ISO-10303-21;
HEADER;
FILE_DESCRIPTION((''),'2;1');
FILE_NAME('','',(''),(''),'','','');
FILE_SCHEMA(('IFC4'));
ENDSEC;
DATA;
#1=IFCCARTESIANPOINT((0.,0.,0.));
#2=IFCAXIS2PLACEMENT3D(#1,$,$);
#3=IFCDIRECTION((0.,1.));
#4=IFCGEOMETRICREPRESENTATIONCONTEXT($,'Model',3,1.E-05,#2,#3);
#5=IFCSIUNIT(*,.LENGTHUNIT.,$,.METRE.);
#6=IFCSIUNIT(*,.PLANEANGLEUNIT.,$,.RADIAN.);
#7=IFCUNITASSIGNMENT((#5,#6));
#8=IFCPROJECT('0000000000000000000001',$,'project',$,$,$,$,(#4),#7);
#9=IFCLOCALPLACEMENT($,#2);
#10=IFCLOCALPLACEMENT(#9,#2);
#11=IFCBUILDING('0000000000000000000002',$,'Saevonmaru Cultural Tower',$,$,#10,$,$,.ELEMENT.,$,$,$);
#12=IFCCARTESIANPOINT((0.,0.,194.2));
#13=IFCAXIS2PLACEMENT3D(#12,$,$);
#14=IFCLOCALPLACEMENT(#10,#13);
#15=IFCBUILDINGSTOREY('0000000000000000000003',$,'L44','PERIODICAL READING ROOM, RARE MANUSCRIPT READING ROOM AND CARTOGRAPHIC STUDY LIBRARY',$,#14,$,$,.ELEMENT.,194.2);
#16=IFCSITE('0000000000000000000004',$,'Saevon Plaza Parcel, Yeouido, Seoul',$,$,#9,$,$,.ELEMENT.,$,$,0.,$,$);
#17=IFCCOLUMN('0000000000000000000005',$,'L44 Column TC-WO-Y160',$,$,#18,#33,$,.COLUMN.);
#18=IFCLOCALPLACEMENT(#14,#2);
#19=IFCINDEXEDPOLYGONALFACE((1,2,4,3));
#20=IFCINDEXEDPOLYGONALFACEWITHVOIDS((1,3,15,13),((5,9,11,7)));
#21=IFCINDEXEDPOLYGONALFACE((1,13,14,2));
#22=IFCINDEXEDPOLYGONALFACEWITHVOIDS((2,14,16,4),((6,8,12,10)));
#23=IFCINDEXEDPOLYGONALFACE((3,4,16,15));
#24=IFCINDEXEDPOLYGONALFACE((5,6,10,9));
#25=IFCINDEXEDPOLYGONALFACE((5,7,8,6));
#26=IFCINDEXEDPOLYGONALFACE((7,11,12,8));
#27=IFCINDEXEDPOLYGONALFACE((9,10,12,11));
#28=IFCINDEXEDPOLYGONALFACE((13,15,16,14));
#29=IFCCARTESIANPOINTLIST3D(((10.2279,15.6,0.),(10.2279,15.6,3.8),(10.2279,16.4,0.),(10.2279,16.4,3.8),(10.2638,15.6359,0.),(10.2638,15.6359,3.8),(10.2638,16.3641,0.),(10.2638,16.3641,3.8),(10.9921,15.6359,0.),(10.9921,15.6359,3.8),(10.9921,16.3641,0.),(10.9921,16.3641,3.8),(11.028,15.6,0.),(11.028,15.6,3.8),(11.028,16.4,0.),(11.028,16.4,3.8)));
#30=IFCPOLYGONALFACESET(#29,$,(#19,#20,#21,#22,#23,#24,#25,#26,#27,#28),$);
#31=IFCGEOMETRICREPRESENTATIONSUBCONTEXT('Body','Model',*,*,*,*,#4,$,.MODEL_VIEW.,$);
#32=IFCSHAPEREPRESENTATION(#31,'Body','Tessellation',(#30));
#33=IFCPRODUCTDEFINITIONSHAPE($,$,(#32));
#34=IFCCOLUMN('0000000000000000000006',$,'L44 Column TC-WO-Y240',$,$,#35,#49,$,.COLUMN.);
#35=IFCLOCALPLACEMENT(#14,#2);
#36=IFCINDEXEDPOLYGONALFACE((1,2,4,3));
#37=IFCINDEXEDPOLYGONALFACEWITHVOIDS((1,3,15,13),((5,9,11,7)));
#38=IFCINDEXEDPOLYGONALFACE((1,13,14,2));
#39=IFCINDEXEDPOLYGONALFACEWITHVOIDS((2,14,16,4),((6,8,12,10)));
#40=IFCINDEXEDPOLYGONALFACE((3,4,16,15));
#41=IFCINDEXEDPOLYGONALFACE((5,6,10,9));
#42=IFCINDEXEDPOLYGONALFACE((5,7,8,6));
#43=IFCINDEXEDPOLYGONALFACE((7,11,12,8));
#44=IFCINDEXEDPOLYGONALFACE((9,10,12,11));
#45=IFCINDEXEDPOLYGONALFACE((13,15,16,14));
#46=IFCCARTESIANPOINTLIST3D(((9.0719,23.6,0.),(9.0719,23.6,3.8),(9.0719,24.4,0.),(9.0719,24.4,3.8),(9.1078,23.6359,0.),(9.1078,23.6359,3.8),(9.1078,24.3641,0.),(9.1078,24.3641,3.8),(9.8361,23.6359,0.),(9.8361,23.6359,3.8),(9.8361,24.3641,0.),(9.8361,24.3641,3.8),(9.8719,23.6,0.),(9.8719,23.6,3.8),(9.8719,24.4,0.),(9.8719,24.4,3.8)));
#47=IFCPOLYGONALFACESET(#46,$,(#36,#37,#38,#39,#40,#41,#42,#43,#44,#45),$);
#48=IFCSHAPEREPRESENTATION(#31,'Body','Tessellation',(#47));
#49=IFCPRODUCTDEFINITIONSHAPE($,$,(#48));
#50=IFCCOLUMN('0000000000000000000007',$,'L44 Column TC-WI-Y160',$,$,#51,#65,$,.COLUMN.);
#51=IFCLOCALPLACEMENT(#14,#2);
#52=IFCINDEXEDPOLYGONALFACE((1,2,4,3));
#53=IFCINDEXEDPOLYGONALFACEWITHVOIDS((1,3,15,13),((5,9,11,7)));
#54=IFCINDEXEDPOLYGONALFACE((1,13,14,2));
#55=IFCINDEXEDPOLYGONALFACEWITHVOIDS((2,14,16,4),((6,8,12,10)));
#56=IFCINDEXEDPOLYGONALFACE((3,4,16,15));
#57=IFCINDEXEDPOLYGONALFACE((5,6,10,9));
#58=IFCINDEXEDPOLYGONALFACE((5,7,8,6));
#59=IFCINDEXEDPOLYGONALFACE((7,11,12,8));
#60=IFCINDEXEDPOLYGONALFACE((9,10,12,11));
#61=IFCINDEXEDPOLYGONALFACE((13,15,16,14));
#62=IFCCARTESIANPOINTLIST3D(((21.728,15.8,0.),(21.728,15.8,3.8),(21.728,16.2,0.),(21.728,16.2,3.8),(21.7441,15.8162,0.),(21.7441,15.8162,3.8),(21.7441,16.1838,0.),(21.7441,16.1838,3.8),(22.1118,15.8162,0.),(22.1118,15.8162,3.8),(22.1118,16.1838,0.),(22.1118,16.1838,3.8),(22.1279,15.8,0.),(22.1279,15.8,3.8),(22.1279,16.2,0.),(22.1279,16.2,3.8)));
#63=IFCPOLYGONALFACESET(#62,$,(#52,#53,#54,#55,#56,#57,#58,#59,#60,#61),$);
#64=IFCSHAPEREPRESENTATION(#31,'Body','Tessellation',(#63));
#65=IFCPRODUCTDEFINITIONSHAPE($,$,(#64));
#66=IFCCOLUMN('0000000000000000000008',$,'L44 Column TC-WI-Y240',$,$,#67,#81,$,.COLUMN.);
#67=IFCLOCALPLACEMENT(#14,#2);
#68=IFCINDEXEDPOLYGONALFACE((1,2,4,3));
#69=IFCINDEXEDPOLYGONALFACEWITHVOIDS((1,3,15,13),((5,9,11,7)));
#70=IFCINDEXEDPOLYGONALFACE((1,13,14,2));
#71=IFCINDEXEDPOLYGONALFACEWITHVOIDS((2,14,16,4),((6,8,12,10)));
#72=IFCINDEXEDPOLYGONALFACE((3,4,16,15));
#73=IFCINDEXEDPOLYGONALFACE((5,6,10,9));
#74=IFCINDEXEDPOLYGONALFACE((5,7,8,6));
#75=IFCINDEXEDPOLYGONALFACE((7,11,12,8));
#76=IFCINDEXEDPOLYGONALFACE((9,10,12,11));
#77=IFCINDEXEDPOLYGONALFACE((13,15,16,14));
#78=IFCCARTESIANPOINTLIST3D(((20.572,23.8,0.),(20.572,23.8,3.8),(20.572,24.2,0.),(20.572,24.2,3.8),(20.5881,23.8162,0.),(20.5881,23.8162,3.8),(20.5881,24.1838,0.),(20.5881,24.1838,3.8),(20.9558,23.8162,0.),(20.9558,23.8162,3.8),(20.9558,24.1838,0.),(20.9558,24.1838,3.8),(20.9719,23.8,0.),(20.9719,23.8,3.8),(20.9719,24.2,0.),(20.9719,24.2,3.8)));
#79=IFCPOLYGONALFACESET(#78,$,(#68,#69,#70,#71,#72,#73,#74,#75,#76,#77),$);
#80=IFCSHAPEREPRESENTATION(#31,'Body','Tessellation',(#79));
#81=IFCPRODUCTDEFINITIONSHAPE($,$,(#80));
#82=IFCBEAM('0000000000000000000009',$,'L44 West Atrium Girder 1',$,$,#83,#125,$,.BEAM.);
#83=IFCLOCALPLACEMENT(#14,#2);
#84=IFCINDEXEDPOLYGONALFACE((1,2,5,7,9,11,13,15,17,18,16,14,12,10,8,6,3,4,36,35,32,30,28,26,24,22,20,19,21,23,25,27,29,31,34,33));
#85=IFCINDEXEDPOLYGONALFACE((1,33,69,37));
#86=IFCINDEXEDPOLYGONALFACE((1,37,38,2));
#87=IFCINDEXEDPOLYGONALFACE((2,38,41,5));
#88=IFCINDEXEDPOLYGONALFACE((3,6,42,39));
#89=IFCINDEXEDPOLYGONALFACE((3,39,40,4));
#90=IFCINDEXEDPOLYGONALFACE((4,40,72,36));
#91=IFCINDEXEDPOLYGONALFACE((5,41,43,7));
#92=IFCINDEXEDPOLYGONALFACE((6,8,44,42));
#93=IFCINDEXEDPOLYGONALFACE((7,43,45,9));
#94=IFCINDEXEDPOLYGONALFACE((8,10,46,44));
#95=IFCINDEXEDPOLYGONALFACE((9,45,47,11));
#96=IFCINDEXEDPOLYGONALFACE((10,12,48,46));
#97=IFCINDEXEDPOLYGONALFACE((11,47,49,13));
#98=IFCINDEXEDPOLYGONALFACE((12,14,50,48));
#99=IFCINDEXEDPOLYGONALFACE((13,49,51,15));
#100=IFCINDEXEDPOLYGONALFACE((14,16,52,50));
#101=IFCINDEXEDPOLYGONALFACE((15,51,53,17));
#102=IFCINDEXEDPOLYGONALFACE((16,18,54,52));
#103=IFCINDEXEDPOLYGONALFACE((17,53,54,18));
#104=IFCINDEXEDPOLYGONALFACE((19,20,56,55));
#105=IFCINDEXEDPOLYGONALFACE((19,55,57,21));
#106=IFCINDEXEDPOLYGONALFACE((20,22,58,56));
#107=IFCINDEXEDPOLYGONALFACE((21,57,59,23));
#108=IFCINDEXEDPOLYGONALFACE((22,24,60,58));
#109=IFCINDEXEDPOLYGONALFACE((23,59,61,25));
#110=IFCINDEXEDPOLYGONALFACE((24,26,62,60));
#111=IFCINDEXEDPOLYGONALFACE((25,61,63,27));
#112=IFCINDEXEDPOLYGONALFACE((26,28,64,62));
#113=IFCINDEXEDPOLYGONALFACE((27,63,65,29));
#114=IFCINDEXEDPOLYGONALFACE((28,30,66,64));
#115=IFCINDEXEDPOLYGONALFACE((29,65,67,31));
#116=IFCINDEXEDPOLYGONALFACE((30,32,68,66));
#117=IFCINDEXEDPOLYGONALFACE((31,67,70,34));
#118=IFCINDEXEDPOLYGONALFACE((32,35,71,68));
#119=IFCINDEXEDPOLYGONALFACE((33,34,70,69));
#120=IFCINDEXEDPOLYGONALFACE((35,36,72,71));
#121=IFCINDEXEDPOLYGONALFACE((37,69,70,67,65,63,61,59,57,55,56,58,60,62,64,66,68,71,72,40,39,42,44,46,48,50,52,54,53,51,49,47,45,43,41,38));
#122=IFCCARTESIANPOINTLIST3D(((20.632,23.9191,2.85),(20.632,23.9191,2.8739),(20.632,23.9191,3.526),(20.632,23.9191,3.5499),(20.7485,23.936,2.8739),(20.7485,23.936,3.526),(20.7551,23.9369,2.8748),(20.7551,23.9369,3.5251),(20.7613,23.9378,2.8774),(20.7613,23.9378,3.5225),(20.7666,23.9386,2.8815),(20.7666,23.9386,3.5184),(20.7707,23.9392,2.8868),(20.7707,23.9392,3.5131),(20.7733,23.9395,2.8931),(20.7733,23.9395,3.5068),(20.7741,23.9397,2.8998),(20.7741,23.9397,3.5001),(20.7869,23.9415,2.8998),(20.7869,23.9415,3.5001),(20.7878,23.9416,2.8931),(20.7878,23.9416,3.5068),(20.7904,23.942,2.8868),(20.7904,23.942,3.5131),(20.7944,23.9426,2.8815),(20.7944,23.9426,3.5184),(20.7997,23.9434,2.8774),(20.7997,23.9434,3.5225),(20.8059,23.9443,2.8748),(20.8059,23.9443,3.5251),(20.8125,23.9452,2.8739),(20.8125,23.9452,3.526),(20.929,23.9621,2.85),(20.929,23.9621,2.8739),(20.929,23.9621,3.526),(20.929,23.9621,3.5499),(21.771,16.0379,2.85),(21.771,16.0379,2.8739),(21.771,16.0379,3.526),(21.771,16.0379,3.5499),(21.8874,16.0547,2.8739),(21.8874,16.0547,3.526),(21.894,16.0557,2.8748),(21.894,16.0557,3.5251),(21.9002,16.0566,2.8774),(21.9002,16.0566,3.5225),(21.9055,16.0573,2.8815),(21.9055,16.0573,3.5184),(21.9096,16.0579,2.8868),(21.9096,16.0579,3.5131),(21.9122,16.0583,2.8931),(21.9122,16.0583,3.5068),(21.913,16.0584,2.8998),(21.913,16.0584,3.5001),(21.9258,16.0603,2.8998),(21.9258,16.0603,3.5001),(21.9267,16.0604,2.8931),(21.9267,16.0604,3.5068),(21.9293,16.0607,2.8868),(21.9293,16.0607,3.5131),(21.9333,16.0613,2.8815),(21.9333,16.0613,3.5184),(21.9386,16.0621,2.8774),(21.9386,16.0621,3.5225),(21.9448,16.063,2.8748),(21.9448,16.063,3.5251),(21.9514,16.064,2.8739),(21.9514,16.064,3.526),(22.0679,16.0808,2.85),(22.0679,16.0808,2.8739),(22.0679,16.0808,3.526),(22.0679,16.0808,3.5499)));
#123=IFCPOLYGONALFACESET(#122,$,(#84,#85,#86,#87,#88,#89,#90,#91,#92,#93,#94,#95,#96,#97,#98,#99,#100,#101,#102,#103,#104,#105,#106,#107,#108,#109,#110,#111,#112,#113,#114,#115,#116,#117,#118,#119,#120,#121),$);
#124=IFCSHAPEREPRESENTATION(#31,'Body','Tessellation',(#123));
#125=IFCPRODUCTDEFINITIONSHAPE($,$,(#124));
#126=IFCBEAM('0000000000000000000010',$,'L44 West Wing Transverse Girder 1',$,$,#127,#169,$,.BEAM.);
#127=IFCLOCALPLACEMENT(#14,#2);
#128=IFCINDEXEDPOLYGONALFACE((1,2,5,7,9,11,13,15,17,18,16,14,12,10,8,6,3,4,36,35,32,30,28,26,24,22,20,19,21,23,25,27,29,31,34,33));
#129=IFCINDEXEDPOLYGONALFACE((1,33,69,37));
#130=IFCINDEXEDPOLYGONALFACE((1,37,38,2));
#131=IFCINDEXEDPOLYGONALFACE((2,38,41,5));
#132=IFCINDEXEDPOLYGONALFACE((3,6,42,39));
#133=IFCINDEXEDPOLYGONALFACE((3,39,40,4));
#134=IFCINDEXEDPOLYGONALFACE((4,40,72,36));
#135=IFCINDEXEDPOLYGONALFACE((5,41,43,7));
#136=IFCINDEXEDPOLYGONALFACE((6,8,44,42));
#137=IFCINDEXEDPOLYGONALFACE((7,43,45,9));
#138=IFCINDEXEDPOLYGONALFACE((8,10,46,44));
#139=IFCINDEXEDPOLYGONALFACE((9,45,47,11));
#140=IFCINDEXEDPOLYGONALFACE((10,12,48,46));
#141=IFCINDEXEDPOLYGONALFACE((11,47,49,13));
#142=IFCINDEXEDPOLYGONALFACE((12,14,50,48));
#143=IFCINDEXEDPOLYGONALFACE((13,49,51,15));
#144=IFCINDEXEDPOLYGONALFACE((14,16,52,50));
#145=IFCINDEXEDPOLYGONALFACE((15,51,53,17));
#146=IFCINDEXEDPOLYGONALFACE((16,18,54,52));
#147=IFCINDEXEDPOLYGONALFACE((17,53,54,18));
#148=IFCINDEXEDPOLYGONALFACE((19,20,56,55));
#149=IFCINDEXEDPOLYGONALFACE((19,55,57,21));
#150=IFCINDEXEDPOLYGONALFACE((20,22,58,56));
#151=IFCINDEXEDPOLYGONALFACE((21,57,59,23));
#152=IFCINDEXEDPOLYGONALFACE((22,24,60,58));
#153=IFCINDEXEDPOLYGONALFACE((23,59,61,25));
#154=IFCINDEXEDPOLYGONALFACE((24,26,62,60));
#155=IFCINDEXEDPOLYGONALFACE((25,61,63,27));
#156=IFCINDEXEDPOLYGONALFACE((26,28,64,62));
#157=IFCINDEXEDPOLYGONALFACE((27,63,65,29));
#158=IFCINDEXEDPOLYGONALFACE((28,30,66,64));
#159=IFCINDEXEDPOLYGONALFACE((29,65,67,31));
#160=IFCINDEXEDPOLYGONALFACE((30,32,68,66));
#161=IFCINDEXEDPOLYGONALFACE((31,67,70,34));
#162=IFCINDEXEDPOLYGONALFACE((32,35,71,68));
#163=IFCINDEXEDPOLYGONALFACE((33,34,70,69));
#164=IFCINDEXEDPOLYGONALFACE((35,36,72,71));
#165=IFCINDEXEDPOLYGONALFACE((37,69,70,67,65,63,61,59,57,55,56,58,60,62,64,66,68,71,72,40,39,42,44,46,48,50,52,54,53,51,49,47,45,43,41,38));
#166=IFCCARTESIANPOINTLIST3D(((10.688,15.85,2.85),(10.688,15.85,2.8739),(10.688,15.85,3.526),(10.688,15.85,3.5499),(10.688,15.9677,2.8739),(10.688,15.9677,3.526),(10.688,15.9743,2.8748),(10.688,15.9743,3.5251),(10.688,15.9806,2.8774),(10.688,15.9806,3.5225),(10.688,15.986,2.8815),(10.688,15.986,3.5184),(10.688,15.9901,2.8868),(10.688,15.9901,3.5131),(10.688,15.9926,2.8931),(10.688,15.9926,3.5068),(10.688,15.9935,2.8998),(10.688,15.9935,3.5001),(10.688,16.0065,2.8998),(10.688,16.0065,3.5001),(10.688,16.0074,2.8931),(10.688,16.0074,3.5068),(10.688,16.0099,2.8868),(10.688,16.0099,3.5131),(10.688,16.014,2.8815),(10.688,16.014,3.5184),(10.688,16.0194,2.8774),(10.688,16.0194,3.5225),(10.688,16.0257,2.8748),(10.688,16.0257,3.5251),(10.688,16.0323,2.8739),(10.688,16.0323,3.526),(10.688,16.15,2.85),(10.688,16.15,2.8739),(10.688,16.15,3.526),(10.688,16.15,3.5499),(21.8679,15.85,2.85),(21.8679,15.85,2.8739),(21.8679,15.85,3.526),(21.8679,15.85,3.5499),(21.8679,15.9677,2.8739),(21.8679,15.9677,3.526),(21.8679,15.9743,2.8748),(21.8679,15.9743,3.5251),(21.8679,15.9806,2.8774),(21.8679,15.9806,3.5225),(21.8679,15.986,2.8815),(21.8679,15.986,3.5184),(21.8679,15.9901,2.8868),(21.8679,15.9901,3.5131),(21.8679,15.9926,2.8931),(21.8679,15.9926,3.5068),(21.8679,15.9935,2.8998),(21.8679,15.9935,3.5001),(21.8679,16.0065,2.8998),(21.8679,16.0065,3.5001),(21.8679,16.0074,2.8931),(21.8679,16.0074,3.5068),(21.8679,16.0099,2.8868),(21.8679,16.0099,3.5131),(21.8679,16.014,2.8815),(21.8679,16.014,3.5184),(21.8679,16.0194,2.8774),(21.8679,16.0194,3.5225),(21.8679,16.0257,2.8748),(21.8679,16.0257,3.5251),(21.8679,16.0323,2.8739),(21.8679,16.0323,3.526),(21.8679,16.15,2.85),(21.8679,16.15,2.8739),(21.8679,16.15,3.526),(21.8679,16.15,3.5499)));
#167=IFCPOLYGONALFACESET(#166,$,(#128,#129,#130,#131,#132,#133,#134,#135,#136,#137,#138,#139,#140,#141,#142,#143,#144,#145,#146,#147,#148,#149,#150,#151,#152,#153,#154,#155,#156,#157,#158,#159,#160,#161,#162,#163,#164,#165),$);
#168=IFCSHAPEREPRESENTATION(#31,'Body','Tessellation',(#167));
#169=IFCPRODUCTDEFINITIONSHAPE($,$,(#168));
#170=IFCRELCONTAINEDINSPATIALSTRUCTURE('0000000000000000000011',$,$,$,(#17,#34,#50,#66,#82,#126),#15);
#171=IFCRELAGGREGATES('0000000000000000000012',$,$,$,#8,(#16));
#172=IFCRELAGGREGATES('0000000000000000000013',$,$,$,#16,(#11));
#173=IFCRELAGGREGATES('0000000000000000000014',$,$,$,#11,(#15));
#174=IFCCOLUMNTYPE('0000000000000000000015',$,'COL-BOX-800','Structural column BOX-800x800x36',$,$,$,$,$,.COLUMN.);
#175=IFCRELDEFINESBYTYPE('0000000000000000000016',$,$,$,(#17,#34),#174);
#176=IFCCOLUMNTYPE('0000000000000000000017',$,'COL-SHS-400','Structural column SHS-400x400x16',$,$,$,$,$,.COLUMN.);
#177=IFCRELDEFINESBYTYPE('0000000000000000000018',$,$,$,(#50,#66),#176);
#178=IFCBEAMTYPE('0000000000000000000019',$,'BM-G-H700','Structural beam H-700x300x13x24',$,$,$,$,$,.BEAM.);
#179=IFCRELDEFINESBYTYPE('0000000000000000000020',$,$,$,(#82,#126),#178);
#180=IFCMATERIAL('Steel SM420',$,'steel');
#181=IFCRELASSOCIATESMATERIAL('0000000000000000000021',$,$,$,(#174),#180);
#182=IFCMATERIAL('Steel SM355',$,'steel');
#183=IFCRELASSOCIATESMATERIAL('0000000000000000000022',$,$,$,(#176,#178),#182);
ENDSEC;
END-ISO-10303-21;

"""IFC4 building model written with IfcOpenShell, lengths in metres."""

from ifc_helpers import new_model, si_unit, direction, frame, origin, origin_2d, place, context, subcontext, project, spatial, hollow_rectangle, i_section, extrude, material, material_profile, profile_set, type_object, element, save


model = new_model("IFC4")

# Units and contexts
model_context = context("Model", 3, precision=1e-05, world=origin(), true_north=direction((0.0, 1.0)))
body_context = subcontext(model_context, "Body", "Model", "MODEL_VIEW")
ifc_project = project(units=[si_unit("LENGTHUNIT", "METRE"), si_unit("PLANEANGLEUNIT", "RADIAN")], contexts=[model_context])

# Site, building, storey
site_placement = place(None, origin())
site = spatial("IfcSite", under=ifc_project, at=site_placement, Name="Saevon Plaza Parcel, Yeouido, Seoul", CompositionType="ELEMENT", RefElevation=0.0)
building_placement = place(site_placement, origin())
building = spatial("IfcBuilding", under=site, at=building_placement, Name="Saevonmaru Cultural Tower", CompositionType="ELEMENT")
storey_placement = place(building_placement, frame((0.0, 0.0, 194.2)))
storey = spatial("IfcBuildingStorey", under=building, at=storey_placement, Name="L44", Description="PERIODICAL READING ROOM, RARE MANUSCRIPT READING ROOM AND CARTOGRAPHIC STUDY LIBRARY", CompositionType="ELEMENT", Elevation=194.2)

# Columns
ifc_material_1 = material(Name="Steel SM420", Category="steel")
ifc_material_profile_1 = material_profile(ifc_material_1, hollow_rectangle(XDim=0.8, YDim=0.8, WallThickness=0.0359, at=origin_2d()), Name="BOX-800x800x36")
ifc_profile_set_1 = profile_set([ifc_material_profile_1], Name="Steel SM420")
column_type_1 = type_object("IfcColumnType", Name="COL-BOX-800", Description="Structural column BOX-800x800x36", PredefinedType="COLUMN", material=ifc_profile_set_1)
for number, where, z_axis, x_axis, name in (
    (1, (10.6279, 16.0, 0.0), (0.0, 0.0, 1.0), (1.0, 0.0, 0.0), "L44 Column TC-WO-Y160"),
    (2, (9.4719, 24.0, 0.0), (0.0, 0.0, 1.0), (1.0, 0.0, 0.0), "L44 Column TC-WO-Y240"),
):
    element("IfcColumn", number, at=place(storey_placement, frame(where, z_axis=z_axis, x_axis=x_axis)), inside=storey, type_object=column_type_1, Name=name, PredefinedType="COLUMN", context=body_context, shape_type="SweptSolid", body=[
        extrude(hollow_rectangle(XDim=0.8, YDim=0.8, WallThickness=0.0359, at=origin_2d()), origin(), (0.0, 0.0, 1.0), 3.8),
    ])
ifc_material_2 = material(Name="Steel SM355", Category="steel")
ifc_material_profile_2 = material_profile(ifc_material_2, hollow_rectangle(XDim=0.3999, YDim=0.3999, WallThickness=0.0161, at=origin_2d()), Name="SHS-400x400x16")
ifc_profile_set_2 = profile_set([ifc_material_profile_2], Name="Steel SM355")
column_type_2 = type_object("IfcColumnType", Name="COL-SHS-400", Description="Structural column SHS-400x400x16", PredefinedType="COLUMN", material=ifc_profile_set_2)
for number, where, z_axis, x_axis, name in (
    (3, (21.928, 16.0, 0.0), (0.0, 0.0, 1.0), (1.0, 0.0, 0.0), "L44 Column TC-WI-Y160"),
    (4, (20.772, 24.0, 0.0), (0.0, 0.0, 1.0), (1.0, 0.0, 0.0), "L44 Column TC-WI-Y240"),
):
    element("IfcColumn", number, at=place(storey_placement, frame(where, z_axis=z_axis, x_axis=x_axis)), inside=storey, type_object=column_type_2, Name=name, PredefinedType="COLUMN", context=body_context, shape_type="SweptSolid", body=[
        extrude(hollow_rectangle(XDim=0.3999, YDim=0.3999, WallThickness=0.0161, at=origin_2d()), origin(), (0.0, 0.0, 1.0), 3.8),
    ])

# Beams
ifc_material_profile_3 = material_profile(ifc_material_2, i_section(OverallWidth=0.3, OverallDepth=0.7, WebThickness=0.0129, FlangeThickness=0.0239, FilletRadius=0.0259, at=origin_2d()), Name="H-700x300x13x24")
ifc_profile_set_3 = profile_set([ifc_material_profile_3], Name="Steel SM355")
beam_type_1 = type_object("IfcBeamType", Name="BM-G-H700", Description="Structural beam H-700x300x13x24", PredefinedType="BEAM", material=ifc_profile_set_3)
beam_1_placement = place(storey_placement, frame((21.9194, 16.0593, 3.2), z_axis=(-0.143022, 0.989719, 0.0), x_axis=(-0.989719, -0.143022, 0.0)))
element("IfcBeam", 5, at=beam_1_placement, inside=storey, type_object=beam_type_1, Name="L44 West Atrium Girder 1", PredefinedType="BEAM", context=body_context, shape_type="SweptSolid", body=[
    extrude(i_section(OverallWidth=0.3, OverallDepth=0.7, WebThickness=0.0129, FlangeThickness=0.0239, FilletRadius=0.0259, at=origin_2d()), origin(), (0.0, 0.0, 1.0), 7.9631),
])
for number, where, z_axis, x_axis, name in (
    (6, (10.688, 16.0, 3.2), (1.0, 0.0, 0.0), (0.0, 1.0, 0.0), "L44 West Wing Transverse Girder 1"),
):
    element("IfcBeam", number, at=place(storey_placement, frame(where, z_axis=z_axis, x_axis=x_axis)), inside=storey, type_object=beam_type_1, Name=name, PredefinedType="BEAM", context=body_context, shape_type="SweptSolid", body=[
        extrude(i_section(OverallWidth=0.3, OverallDepth=0.7, WebThickness=0.0129, FlangeThickness=0.0239, FilletRadius=0.0259, at=origin_2d()), origin(), (0.0, 0.0, 1.0), 11.1799),
    ])

save(model, "model.ifc")
